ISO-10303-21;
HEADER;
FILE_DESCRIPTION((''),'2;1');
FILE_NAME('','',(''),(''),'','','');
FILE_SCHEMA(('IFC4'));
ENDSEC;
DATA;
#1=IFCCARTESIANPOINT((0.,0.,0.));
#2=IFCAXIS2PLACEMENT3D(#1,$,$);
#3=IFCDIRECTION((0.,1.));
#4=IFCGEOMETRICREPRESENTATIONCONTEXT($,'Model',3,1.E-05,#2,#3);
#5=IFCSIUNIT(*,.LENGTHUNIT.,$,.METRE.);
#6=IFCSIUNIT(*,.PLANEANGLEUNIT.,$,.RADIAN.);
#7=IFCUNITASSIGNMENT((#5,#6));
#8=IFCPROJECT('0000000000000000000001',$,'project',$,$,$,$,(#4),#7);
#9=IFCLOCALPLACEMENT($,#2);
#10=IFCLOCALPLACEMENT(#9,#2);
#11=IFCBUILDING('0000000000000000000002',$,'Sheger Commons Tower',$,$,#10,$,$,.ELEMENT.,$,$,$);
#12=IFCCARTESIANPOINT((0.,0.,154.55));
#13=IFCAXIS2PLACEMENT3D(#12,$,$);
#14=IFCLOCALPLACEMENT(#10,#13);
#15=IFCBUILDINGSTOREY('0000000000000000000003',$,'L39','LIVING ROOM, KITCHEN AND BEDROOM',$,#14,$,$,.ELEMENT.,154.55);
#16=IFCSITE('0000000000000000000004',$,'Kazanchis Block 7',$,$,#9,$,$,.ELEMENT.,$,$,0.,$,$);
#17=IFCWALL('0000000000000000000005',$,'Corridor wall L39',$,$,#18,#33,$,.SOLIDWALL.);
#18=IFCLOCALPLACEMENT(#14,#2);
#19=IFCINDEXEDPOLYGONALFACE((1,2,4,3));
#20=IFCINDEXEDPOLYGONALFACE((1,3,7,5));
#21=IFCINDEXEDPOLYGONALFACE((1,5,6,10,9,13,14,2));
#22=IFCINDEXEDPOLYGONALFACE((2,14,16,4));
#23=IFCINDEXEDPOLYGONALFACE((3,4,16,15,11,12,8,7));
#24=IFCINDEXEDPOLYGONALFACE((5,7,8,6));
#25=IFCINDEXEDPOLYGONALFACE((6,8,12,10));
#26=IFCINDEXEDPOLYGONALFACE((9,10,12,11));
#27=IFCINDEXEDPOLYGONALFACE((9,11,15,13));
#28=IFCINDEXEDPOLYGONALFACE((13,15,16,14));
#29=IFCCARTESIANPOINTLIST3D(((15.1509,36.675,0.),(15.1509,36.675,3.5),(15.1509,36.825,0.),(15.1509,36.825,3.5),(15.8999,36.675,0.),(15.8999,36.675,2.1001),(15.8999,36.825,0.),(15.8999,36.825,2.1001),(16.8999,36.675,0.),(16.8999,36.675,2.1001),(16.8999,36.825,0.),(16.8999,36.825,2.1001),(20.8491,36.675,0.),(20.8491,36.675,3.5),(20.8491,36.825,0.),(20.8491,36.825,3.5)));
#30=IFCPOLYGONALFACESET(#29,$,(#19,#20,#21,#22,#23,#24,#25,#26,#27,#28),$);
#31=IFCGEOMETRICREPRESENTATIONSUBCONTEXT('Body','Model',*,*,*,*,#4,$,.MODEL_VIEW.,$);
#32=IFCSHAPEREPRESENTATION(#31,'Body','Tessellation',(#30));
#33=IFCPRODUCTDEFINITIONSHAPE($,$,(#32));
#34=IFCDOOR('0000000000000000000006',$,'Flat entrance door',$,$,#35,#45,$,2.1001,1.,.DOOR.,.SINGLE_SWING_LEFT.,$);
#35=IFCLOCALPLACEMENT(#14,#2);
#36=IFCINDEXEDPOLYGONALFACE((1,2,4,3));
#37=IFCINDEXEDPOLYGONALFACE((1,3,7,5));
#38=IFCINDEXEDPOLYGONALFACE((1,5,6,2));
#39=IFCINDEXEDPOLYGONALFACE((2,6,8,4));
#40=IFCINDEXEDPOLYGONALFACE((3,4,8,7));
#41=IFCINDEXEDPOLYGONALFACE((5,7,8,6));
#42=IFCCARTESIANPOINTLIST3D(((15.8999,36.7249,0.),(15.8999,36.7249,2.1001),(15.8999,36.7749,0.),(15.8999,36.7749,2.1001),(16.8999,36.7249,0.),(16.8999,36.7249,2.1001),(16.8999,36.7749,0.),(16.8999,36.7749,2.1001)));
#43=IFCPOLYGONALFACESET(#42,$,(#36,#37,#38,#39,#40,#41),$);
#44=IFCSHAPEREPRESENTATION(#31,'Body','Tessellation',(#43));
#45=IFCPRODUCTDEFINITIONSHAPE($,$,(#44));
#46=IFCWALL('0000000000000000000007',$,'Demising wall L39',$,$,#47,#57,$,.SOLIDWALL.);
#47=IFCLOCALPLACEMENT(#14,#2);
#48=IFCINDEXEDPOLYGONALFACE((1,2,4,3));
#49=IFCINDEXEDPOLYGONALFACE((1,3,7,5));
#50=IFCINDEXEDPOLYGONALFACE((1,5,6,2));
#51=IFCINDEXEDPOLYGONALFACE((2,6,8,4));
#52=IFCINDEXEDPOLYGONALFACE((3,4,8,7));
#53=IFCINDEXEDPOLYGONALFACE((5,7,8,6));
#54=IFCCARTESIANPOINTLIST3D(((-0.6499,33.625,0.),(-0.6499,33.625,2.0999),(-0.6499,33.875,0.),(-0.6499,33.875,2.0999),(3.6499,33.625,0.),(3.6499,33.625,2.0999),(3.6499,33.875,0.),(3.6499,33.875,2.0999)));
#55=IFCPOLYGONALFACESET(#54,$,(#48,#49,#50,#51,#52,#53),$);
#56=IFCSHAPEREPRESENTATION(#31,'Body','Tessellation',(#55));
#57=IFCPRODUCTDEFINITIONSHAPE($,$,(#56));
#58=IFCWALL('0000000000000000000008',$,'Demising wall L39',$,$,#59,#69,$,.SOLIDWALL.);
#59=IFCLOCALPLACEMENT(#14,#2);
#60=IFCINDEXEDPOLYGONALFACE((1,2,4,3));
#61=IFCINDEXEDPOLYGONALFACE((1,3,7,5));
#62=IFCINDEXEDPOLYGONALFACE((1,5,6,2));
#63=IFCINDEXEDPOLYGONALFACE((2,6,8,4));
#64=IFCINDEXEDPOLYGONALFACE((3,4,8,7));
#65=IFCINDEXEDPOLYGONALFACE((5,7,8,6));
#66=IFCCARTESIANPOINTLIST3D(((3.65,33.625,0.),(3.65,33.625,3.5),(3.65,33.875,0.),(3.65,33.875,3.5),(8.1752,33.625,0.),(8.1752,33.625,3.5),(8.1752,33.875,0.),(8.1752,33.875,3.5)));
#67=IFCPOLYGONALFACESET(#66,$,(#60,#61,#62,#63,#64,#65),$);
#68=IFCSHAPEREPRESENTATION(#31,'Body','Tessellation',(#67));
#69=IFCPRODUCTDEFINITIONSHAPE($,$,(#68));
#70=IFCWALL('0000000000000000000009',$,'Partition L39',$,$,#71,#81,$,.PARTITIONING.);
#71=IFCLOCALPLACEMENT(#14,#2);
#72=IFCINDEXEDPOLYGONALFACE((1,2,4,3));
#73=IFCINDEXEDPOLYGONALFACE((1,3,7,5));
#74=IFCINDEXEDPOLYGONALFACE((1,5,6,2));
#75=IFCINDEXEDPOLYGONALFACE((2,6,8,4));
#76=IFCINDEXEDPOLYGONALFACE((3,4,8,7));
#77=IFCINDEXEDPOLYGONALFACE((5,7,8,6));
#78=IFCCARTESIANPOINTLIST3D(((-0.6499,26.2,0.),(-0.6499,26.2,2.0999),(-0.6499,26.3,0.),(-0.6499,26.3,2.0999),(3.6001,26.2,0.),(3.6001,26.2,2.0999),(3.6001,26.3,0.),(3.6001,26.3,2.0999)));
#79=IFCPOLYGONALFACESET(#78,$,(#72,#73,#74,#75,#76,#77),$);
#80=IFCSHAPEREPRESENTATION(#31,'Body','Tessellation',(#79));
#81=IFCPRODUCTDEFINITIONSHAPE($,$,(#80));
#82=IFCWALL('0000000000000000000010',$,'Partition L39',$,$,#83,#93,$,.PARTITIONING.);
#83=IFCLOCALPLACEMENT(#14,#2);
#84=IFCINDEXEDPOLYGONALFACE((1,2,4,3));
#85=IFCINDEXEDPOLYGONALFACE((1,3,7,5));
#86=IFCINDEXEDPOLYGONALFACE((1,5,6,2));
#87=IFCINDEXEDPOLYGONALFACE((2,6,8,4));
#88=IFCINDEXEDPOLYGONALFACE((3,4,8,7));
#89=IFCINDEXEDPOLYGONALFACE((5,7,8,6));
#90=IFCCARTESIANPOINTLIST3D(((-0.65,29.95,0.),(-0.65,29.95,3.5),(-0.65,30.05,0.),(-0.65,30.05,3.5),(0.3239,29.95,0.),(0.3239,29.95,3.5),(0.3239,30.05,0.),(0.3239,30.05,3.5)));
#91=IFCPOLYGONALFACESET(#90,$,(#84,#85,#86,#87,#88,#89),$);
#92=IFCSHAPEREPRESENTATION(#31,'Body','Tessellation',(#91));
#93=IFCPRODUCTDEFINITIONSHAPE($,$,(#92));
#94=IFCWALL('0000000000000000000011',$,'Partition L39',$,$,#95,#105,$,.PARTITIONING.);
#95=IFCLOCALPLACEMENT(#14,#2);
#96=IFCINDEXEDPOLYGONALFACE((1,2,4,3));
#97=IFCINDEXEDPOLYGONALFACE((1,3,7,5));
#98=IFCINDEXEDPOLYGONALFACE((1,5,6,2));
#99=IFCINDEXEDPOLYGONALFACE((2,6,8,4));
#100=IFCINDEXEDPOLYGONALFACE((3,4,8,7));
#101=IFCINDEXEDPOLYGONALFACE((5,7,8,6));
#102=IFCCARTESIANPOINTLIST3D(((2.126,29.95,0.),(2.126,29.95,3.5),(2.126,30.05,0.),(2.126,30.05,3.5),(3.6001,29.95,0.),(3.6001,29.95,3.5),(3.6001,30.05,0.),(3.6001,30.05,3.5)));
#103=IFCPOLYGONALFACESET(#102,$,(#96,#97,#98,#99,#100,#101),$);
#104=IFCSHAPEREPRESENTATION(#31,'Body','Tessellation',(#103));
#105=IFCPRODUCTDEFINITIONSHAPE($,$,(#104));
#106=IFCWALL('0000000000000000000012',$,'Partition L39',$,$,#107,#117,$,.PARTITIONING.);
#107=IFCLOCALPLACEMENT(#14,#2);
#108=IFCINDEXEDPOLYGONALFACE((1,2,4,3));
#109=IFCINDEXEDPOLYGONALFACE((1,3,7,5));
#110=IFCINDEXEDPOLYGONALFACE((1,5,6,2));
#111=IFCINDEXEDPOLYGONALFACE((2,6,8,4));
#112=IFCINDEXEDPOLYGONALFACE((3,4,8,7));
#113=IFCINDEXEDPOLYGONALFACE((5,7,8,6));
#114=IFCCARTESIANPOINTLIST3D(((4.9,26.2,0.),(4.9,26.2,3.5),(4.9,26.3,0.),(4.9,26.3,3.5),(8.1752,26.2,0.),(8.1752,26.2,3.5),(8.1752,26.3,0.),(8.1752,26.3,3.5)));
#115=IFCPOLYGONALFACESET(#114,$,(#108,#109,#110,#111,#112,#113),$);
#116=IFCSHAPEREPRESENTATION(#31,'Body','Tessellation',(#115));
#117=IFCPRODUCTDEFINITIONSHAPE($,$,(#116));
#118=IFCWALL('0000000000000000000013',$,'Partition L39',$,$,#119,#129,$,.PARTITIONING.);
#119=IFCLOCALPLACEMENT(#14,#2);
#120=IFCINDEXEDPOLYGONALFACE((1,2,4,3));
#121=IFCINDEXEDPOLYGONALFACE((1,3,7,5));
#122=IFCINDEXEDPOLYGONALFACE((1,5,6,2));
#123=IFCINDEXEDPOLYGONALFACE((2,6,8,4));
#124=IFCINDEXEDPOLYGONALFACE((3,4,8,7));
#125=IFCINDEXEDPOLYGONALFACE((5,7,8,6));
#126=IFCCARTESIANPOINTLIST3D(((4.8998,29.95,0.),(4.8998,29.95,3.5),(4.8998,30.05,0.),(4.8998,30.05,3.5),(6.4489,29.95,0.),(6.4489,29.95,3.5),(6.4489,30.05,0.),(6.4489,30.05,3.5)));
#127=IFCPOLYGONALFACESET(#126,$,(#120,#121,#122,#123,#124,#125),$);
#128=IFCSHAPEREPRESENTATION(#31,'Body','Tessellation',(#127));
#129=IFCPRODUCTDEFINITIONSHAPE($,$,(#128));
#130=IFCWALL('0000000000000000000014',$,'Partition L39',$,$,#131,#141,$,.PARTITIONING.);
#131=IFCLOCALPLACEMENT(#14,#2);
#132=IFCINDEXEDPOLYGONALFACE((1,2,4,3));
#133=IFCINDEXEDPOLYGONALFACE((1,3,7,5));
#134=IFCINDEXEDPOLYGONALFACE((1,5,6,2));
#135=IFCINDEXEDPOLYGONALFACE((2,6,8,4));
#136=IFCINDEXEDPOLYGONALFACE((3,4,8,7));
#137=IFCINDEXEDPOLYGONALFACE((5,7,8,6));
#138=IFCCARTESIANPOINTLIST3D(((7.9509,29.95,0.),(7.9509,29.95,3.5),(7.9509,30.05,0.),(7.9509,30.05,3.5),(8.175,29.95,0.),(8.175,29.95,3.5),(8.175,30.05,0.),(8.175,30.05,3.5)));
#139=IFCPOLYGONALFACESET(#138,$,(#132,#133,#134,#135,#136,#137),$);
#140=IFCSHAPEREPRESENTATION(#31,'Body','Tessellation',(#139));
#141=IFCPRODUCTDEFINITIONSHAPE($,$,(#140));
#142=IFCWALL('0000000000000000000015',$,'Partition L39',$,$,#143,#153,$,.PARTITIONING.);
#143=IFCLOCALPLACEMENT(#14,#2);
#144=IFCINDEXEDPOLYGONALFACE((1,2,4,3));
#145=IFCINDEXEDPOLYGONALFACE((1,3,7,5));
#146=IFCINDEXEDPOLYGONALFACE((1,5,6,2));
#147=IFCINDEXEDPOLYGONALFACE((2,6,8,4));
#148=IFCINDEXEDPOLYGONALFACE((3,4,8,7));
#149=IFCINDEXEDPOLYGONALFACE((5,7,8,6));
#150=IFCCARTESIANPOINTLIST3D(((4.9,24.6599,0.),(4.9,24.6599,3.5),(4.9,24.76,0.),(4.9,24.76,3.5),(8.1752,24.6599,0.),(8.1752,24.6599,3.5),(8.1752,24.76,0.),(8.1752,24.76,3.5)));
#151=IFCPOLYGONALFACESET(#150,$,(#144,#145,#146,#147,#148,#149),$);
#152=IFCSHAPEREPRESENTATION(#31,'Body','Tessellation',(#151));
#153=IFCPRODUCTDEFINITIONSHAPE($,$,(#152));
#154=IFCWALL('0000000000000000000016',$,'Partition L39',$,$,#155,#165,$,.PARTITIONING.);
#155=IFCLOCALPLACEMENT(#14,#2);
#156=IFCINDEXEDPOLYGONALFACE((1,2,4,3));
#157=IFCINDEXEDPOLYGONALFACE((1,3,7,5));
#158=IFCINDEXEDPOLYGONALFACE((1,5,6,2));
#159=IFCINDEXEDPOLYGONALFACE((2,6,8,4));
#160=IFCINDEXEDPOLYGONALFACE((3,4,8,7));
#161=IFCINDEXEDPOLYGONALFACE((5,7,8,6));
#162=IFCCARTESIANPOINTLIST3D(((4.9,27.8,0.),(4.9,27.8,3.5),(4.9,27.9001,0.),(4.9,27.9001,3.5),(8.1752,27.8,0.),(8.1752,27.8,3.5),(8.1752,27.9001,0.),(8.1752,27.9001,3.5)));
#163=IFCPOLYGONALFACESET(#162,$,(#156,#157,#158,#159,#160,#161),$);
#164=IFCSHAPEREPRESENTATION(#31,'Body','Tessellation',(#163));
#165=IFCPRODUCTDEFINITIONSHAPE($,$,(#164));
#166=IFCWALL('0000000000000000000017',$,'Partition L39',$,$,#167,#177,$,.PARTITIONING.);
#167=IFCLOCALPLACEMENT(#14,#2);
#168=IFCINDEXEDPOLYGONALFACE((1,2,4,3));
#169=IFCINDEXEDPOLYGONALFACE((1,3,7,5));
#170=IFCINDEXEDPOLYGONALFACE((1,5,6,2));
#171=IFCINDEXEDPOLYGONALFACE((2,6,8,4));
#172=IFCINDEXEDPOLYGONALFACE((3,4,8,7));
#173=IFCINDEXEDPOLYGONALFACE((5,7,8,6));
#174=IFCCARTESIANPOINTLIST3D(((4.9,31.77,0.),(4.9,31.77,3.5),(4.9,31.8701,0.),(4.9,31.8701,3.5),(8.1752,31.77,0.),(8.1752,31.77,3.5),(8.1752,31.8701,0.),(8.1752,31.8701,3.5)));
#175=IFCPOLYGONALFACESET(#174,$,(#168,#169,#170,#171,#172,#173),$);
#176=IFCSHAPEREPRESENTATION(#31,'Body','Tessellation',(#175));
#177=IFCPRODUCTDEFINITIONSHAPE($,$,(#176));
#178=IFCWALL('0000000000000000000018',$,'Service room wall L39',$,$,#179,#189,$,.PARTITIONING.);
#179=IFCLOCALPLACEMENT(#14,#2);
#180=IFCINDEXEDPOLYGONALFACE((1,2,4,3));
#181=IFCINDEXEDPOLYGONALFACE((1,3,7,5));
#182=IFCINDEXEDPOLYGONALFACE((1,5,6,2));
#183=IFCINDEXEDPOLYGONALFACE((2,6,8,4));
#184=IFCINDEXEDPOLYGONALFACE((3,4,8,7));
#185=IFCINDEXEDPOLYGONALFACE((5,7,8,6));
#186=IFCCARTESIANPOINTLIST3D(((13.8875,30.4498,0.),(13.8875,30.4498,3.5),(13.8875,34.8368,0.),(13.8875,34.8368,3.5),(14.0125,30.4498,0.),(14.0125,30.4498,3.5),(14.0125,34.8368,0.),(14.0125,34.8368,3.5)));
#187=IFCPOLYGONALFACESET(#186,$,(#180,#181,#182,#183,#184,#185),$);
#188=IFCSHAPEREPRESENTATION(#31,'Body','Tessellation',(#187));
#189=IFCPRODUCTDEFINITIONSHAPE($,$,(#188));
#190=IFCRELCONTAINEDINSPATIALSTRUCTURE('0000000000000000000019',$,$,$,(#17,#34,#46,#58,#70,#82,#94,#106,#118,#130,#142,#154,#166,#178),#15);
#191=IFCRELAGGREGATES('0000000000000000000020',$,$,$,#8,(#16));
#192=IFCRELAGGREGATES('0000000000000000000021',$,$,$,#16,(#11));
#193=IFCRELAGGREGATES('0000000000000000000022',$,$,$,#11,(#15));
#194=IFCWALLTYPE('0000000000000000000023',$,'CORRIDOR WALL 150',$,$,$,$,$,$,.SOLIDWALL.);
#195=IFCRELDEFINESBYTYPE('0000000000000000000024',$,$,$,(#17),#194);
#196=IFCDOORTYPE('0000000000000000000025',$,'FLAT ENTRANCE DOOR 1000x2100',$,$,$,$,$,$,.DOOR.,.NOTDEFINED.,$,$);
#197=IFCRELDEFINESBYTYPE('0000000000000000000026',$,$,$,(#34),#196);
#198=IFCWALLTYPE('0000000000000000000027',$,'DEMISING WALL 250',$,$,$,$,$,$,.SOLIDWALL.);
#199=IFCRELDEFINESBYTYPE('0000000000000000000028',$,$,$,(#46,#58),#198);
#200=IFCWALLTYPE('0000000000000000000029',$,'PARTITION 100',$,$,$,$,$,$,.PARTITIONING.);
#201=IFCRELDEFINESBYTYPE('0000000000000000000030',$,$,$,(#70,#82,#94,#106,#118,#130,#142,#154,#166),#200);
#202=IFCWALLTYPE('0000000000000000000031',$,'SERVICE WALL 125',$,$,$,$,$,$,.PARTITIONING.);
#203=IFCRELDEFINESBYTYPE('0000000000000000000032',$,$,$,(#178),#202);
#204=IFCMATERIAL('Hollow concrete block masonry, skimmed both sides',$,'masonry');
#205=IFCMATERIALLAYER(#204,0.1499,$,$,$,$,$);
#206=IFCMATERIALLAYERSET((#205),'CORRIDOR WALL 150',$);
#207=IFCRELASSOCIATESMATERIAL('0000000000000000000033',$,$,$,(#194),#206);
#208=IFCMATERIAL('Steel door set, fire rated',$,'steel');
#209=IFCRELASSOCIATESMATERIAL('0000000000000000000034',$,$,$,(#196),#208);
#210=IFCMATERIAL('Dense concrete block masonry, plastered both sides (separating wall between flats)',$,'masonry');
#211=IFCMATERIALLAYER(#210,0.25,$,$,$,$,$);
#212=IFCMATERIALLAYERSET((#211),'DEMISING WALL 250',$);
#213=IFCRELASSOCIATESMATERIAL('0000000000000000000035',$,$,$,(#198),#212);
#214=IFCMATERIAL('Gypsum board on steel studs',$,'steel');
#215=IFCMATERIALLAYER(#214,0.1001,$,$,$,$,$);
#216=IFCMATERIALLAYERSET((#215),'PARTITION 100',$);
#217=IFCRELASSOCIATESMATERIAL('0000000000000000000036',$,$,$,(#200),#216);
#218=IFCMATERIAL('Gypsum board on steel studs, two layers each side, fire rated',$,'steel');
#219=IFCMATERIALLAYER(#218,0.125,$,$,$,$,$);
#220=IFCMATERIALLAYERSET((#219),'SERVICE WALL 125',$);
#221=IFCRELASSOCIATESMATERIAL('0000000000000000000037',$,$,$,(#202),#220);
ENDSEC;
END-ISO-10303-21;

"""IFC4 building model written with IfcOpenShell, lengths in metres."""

from ifc_helpers import new_model, si_unit, direction, frame, frame_2d, origin, place, context, subcontext, project, spatial, rectangle, extrude, material, layer, layer_set, type_object, element, fill, save


model = new_model("IFC4")

# Units and contexts
model_context = context("Model", 3, precision=1e-05, world=origin(), true_north=direction((0.0, 1.0)))
body_context = subcontext(model_context, "Body", "Model", "MODEL_VIEW")
ifc_project = project(units=[si_unit("LENGTHUNIT", "METRE"), si_unit("PLANEANGLEUNIT", "RADIAN")], contexts=[model_context])

# Site, building, storey
site_placement = place(None, origin())
site = spatial("IfcSite", under=ifc_project, at=site_placement, Name="Kazanchis Block 7", CompositionType="ELEMENT", RefElevation=0.0)
building_placement = place(site_placement, origin())
building = spatial("IfcBuilding", under=site, at=building_placement, Name="Sheger Commons Tower", CompositionType="ELEMENT")
storey_placement = place(building_placement, frame((0.0, 0.0, 154.55)))
storey = spatial("IfcBuildingStorey", under=building, at=storey_placement, Name="L39", Description="LIVING ROOM, KITCHEN AND BEDROOM", CompositionType="ELEMENT", Elevation=154.55)

# Wall, opening, door
ifc_material_1 = material(Name="Hollow concrete block masonry, skimmed both sides", Category="masonry")
ifc_layer_1 = layer(ifc_material_1, 0.1499)
ifc_layer_set_1 = layer_set([ifc_layer_1], Name="CORRIDOR WALL 150")
wall_type_1 = type_object("IfcWallType", Name="CORRIDOR WALL 150", PredefinedType="SOLIDWALL", material=ifc_layer_set_1)
ifc_material_2 = material(Name="Steel door set, fire rated", Category="steel")
door_type_1 = type_object("IfcDoorType", Name="FLAT ENTRANCE DOOR 1000x2100", OperationType="NOTDEFINED", PredefinedType="DOOR", material=ifc_material_2)
wall_1_placement = place(storey_placement, frame((15.1509, 36.75, 0.0), z_axis=(0.0, 0.0, 1.0), x_axis=(1.0, 0.0, 0.0)))
wall_1 = element("IfcWall", 1, at=wall_1_placement, inside=storey, type_object=wall_type_1, Name="Corridor wall L39", PredefinedType="SOLIDWALL", context=body_context, shape_type="SweptSolid", body=[
    extrude(rectangle(XDim=5.6982, YDim=0.1499, at=frame_2d((2.8491, 0.0))), origin(), (0.0, 0.0, 1.0), 3.5),
])
opening_1_placement = place(wall_1_placement, frame((0.749, 0.0, 0.0)))
opening_1 = element("IfcOpeningElement", 2, at=opening_1_placement, cuts=wall_1, PredefinedType="OPENING", context=body_context, shape_type="SweptSolid", body=[
    extrude(rectangle(XDim=1.0, YDim=2.1001, at=frame_2d((0.5, 1.05))), frame((0.0, 0.085, 0.0), z_axis=(0.0, -1.0, 0.0), x_axis=(1.0, 0.0, 0.0)), (0.0, 0.0, 1.0), 0.1699),
])
door_1_placement = place(opening_1_placement, origin())
door_1 = element("IfcDoor", 3, at=door_1_placement, inside=storey, type_object=door_type_1, Name="Flat entrance door", OperationType="SINGLE_SWING_LEFT", OverallHeight=2.1001, OverallWidth=1.0, PredefinedType="DOOR", context=body_context, shape_type="SweptSolid", body=[
    extrude(rectangle(XDim=1.0, YDim=2.1001, at=frame_2d((0.5, 1.05))), frame((0.0, 0.0249, 0.0), z_axis=(0.0, -1.0, 0.0), x_axis=(1.0, 0.0, 0.0)), (0.0, 0.0, 1.0), 0.05),
])
fill(opening_1, door_1)

# Walls
ifc_material_3 = material(Name="Dense concrete block masonry, plastered both sides (separating wall between flats)", Category="masonry")
ifc_layer_2 = layer(ifc_material_3, 0.25)
ifc_layer_set_2 = layer_set([ifc_layer_2], Name="DEMISING WALL 250")
wall_type_2 = type_object("IfcWallType", Name="DEMISING WALL 250", PredefinedType="SOLIDWALL", material=ifc_layer_set_2)
wall_2_placement = place(storey_placement, frame((-0.6499, 33.75, 0.0), z_axis=(0.0, 0.0, 1.0), x_axis=(1.0, 0.0, 0.0)))
element("IfcWall", 4, at=wall_2_placement, inside=storey, type_object=wall_type_2, Name="Demising wall L39", PredefinedType="SOLIDWALL", context=body_context, shape_type="SweptSolid", body=[
    extrude(rectangle(XDim=4.2998, YDim=0.25, at=frame_2d((2.1499, 0.0))), origin(), (0.0, 0.0, 1.0), 2.0999),
])
wall_3_placement = place(storey_placement, frame((3.6499, 33.75, 0.0), z_axis=(0.0, 0.0, 1.0), x_axis=(1.0, 0.0, 0.0)))
element("IfcWall", 5, at=wall_3_placement, inside=storey, type_object=wall_type_2, Name="Demising wall L39", PredefinedType="SOLIDWALL", context=body_context, shape_type="SweptSolid", body=[
    extrude(rectangle(XDim=4.5251, YDim=0.25, at=frame_2d((2.2627, 0.0))), origin(), (0.0, 0.0, 1.0), 3.5),
])
ifc_material_4 = material(Name="Gypsum board on steel studs", Category="steel")
ifc_layer_3 = layer(ifc_material_4, 0.1001)
ifc_layer_set_3 = layer_set([ifc_layer_3], Name="PARTITION 100")
wall_type_3 = type_object("IfcWallType", Name="PARTITION 100", PredefinedType="PARTITIONING", material=ifc_layer_set_3)
wall_4_placement = place(storey_placement, frame((-0.6499, 26.25, 0.0), z_axis=(0.0, 0.0, 1.0), x_axis=(1.0, 0.0, 0.0)))
element("IfcWall", 6, at=wall_4_placement, inside=storey, type_object=wall_type_3, Name="Partition L39", PredefinedType="PARTITIONING", context=body_context, shape_type="SweptSolid", body=[
    extrude(rectangle(XDim=4.25, YDim=0.1001, at=frame_2d((2.125, 0.0))), origin(), (0.0, 0.0, 1.0), 2.0999),
])
wall_5_placement = place(storey_placement, frame((-0.6499, 30.0, 0.0), z_axis=(0.0, 0.0, 1.0), x_axis=(1.0, 0.0, 0.0)))
element("IfcWall", 7, at=wall_5_placement, inside=storey, type_object=wall_type_3, Name="Partition L39", PredefinedType="PARTITIONING", context=body_context, shape_type="SweptSolid", body=[
    extrude(rectangle(XDim=0.9739, YDim=0.1001, at=frame_2d((0.4868, 0.0))), origin(), (0.0, 0.0, 1.0), 3.5),
])
wall_6_placement = place(storey_placement, frame((2.126, 30.0, 0.0), z_axis=(0.0, 0.0, 1.0), x_axis=(1.0, 0.0, 0.0)))
element("IfcWall", 8, at=wall_6_placement, inside=storey, type_object=wall_type_3, Name="Partition L39", PredefinedType="PARTITIONING", context=body_context, shape_type="SweptSolid", body=[
    extrude(rectangle(XDim=1.4741, YDim=0.1001, at=frame_2d((0.7371, 0.0))), origin(), (0.0, 0.0, 1.0), 3.5),
])
wall_7_placement = place(storey_placement, frame((4.8999, 26.25, 0.0), z_axis=(0.0, 0.0, 1.0), x_axis=(1.0, 0.0, 0.0)))
element("IfcWall", 9, at=wall_7_placement, inside=storey, type_object=wall_type_3, Name="Partition L39", PredefinedType="PARTITIONING", context=body_context, shape_type="SweptSolid", body=[
    extrude(rectangle(XDim=3.2751, YDim=0.1001, at=frame_2d((1.6377, 0.0))), origin(), (0.0, 0.0, 1.0), 3.5),
])
wall_8_placement = place(storey_placement, frame((4.8999, 30.0, 0.0), z_axis=(0.0, 0.0, 1.0), x_axis=(1.0, 0.0, 0.0)))
element("IfcWall", 10, at=wall_8_placement, inside=storey, type_object=wall_type_3, Name="Partition L39", PredefinedType="PARTITIONING", context=body_context, shape_type="SweptSolid", body=[
    extrude(rectangle(XDim=1.5491, YDim=0.1001, at=frame_2d((0.7744, 0.0))), origin(), (0.0, 0.0, 1.0), 3.5),
])
wall_9_placement = place(storey_placement, frame((7.9509, 30.0, 0.0), z_axis=(0.0, 0.0, 1.0), x_axis=(1.0, 0.0, 0.0)))
element("IfcWall", 11, at=wall_9_placement, inside=storey, type_object=wall_type_3, Name="Partition L39", PredefinedType="PARTITIONING", context=body_context, shape_type="SweptSolid", body=[
    extrude(rectangle(XDim=0.2241, YDim=0.1001, at=frame_2d((0.1121, 0.0))), origin(), (0.0, 0.0, 1.0), 3.5),
])
for number, where, z_axis, x_axis, name in (
    (12, (4.8999, 24.71, 0.0), (0.0, 0.0, 1.0), (1.0, 0.0, 0.0), "Partition L39"),
    (13, (4.8999, 27.8501, 0.0), (0.0, 0.0, 1.0), (1.0, 0.0, 0.0), "Partition L39"),
    (14, (4.8999, 31.8201, 0.0), (0.0, 0.0, 1.0), (1.0, 0.0, 0.0), "Partition L39"),
):
    element("IfcWall", number, at=place(storey_placement, frame(where, z_axis=z_axis, x_axis=x_axis)), inside=storey, type_object=wall_type_3, Name=name, PredefinedType="PARTITIONING", context=body_context, shape_type="SweptSolid", body=[
        extrude(rectangle(XDim=3.2751, YDim=0.1001, at=frame_2d((1.6377, 0.0))), origin(), (0.0, 0.0, 1.0), 3.5),
    ])
ifc_material_5 = material(Name="Gypsum board on steel studs, two layers each side, fire rated", Category="steel")
ifc_layer_4 = layer(ifc_material_5, 0.125)
ifc_layer_set_4 = layer_set([ifc_layer_4], Name="SERVICE WALL 125")
wall_type_4 = type_object("IfcWallType", Name="SERVICE WALL 125", PredefinedType="PARTITIONING", material=ifc_layer_set_4)
wall_10_placement = place(storey_placement, frame((13.95, 30.45, 0.0), z_axis=(0.0, 0.0, 1.0), x_axis=(0.0, 1.0, 0.0)))
element("IfcWall", 15, at=wall_10_placement, inside=storey, type_object=wall_type_4, Name="Service room wall L39", PredefinedType="PARTITIONING", context=body_context, shape_type="SweptSolid", body=[
    extrude(rectangle(XDim=4.387, YDim=0.125, at=frame_2d((2.1934, 0.0))), origin(), (0.0, 0.0, 1.0), 3.5),
])

save(model, "model.ifc")
